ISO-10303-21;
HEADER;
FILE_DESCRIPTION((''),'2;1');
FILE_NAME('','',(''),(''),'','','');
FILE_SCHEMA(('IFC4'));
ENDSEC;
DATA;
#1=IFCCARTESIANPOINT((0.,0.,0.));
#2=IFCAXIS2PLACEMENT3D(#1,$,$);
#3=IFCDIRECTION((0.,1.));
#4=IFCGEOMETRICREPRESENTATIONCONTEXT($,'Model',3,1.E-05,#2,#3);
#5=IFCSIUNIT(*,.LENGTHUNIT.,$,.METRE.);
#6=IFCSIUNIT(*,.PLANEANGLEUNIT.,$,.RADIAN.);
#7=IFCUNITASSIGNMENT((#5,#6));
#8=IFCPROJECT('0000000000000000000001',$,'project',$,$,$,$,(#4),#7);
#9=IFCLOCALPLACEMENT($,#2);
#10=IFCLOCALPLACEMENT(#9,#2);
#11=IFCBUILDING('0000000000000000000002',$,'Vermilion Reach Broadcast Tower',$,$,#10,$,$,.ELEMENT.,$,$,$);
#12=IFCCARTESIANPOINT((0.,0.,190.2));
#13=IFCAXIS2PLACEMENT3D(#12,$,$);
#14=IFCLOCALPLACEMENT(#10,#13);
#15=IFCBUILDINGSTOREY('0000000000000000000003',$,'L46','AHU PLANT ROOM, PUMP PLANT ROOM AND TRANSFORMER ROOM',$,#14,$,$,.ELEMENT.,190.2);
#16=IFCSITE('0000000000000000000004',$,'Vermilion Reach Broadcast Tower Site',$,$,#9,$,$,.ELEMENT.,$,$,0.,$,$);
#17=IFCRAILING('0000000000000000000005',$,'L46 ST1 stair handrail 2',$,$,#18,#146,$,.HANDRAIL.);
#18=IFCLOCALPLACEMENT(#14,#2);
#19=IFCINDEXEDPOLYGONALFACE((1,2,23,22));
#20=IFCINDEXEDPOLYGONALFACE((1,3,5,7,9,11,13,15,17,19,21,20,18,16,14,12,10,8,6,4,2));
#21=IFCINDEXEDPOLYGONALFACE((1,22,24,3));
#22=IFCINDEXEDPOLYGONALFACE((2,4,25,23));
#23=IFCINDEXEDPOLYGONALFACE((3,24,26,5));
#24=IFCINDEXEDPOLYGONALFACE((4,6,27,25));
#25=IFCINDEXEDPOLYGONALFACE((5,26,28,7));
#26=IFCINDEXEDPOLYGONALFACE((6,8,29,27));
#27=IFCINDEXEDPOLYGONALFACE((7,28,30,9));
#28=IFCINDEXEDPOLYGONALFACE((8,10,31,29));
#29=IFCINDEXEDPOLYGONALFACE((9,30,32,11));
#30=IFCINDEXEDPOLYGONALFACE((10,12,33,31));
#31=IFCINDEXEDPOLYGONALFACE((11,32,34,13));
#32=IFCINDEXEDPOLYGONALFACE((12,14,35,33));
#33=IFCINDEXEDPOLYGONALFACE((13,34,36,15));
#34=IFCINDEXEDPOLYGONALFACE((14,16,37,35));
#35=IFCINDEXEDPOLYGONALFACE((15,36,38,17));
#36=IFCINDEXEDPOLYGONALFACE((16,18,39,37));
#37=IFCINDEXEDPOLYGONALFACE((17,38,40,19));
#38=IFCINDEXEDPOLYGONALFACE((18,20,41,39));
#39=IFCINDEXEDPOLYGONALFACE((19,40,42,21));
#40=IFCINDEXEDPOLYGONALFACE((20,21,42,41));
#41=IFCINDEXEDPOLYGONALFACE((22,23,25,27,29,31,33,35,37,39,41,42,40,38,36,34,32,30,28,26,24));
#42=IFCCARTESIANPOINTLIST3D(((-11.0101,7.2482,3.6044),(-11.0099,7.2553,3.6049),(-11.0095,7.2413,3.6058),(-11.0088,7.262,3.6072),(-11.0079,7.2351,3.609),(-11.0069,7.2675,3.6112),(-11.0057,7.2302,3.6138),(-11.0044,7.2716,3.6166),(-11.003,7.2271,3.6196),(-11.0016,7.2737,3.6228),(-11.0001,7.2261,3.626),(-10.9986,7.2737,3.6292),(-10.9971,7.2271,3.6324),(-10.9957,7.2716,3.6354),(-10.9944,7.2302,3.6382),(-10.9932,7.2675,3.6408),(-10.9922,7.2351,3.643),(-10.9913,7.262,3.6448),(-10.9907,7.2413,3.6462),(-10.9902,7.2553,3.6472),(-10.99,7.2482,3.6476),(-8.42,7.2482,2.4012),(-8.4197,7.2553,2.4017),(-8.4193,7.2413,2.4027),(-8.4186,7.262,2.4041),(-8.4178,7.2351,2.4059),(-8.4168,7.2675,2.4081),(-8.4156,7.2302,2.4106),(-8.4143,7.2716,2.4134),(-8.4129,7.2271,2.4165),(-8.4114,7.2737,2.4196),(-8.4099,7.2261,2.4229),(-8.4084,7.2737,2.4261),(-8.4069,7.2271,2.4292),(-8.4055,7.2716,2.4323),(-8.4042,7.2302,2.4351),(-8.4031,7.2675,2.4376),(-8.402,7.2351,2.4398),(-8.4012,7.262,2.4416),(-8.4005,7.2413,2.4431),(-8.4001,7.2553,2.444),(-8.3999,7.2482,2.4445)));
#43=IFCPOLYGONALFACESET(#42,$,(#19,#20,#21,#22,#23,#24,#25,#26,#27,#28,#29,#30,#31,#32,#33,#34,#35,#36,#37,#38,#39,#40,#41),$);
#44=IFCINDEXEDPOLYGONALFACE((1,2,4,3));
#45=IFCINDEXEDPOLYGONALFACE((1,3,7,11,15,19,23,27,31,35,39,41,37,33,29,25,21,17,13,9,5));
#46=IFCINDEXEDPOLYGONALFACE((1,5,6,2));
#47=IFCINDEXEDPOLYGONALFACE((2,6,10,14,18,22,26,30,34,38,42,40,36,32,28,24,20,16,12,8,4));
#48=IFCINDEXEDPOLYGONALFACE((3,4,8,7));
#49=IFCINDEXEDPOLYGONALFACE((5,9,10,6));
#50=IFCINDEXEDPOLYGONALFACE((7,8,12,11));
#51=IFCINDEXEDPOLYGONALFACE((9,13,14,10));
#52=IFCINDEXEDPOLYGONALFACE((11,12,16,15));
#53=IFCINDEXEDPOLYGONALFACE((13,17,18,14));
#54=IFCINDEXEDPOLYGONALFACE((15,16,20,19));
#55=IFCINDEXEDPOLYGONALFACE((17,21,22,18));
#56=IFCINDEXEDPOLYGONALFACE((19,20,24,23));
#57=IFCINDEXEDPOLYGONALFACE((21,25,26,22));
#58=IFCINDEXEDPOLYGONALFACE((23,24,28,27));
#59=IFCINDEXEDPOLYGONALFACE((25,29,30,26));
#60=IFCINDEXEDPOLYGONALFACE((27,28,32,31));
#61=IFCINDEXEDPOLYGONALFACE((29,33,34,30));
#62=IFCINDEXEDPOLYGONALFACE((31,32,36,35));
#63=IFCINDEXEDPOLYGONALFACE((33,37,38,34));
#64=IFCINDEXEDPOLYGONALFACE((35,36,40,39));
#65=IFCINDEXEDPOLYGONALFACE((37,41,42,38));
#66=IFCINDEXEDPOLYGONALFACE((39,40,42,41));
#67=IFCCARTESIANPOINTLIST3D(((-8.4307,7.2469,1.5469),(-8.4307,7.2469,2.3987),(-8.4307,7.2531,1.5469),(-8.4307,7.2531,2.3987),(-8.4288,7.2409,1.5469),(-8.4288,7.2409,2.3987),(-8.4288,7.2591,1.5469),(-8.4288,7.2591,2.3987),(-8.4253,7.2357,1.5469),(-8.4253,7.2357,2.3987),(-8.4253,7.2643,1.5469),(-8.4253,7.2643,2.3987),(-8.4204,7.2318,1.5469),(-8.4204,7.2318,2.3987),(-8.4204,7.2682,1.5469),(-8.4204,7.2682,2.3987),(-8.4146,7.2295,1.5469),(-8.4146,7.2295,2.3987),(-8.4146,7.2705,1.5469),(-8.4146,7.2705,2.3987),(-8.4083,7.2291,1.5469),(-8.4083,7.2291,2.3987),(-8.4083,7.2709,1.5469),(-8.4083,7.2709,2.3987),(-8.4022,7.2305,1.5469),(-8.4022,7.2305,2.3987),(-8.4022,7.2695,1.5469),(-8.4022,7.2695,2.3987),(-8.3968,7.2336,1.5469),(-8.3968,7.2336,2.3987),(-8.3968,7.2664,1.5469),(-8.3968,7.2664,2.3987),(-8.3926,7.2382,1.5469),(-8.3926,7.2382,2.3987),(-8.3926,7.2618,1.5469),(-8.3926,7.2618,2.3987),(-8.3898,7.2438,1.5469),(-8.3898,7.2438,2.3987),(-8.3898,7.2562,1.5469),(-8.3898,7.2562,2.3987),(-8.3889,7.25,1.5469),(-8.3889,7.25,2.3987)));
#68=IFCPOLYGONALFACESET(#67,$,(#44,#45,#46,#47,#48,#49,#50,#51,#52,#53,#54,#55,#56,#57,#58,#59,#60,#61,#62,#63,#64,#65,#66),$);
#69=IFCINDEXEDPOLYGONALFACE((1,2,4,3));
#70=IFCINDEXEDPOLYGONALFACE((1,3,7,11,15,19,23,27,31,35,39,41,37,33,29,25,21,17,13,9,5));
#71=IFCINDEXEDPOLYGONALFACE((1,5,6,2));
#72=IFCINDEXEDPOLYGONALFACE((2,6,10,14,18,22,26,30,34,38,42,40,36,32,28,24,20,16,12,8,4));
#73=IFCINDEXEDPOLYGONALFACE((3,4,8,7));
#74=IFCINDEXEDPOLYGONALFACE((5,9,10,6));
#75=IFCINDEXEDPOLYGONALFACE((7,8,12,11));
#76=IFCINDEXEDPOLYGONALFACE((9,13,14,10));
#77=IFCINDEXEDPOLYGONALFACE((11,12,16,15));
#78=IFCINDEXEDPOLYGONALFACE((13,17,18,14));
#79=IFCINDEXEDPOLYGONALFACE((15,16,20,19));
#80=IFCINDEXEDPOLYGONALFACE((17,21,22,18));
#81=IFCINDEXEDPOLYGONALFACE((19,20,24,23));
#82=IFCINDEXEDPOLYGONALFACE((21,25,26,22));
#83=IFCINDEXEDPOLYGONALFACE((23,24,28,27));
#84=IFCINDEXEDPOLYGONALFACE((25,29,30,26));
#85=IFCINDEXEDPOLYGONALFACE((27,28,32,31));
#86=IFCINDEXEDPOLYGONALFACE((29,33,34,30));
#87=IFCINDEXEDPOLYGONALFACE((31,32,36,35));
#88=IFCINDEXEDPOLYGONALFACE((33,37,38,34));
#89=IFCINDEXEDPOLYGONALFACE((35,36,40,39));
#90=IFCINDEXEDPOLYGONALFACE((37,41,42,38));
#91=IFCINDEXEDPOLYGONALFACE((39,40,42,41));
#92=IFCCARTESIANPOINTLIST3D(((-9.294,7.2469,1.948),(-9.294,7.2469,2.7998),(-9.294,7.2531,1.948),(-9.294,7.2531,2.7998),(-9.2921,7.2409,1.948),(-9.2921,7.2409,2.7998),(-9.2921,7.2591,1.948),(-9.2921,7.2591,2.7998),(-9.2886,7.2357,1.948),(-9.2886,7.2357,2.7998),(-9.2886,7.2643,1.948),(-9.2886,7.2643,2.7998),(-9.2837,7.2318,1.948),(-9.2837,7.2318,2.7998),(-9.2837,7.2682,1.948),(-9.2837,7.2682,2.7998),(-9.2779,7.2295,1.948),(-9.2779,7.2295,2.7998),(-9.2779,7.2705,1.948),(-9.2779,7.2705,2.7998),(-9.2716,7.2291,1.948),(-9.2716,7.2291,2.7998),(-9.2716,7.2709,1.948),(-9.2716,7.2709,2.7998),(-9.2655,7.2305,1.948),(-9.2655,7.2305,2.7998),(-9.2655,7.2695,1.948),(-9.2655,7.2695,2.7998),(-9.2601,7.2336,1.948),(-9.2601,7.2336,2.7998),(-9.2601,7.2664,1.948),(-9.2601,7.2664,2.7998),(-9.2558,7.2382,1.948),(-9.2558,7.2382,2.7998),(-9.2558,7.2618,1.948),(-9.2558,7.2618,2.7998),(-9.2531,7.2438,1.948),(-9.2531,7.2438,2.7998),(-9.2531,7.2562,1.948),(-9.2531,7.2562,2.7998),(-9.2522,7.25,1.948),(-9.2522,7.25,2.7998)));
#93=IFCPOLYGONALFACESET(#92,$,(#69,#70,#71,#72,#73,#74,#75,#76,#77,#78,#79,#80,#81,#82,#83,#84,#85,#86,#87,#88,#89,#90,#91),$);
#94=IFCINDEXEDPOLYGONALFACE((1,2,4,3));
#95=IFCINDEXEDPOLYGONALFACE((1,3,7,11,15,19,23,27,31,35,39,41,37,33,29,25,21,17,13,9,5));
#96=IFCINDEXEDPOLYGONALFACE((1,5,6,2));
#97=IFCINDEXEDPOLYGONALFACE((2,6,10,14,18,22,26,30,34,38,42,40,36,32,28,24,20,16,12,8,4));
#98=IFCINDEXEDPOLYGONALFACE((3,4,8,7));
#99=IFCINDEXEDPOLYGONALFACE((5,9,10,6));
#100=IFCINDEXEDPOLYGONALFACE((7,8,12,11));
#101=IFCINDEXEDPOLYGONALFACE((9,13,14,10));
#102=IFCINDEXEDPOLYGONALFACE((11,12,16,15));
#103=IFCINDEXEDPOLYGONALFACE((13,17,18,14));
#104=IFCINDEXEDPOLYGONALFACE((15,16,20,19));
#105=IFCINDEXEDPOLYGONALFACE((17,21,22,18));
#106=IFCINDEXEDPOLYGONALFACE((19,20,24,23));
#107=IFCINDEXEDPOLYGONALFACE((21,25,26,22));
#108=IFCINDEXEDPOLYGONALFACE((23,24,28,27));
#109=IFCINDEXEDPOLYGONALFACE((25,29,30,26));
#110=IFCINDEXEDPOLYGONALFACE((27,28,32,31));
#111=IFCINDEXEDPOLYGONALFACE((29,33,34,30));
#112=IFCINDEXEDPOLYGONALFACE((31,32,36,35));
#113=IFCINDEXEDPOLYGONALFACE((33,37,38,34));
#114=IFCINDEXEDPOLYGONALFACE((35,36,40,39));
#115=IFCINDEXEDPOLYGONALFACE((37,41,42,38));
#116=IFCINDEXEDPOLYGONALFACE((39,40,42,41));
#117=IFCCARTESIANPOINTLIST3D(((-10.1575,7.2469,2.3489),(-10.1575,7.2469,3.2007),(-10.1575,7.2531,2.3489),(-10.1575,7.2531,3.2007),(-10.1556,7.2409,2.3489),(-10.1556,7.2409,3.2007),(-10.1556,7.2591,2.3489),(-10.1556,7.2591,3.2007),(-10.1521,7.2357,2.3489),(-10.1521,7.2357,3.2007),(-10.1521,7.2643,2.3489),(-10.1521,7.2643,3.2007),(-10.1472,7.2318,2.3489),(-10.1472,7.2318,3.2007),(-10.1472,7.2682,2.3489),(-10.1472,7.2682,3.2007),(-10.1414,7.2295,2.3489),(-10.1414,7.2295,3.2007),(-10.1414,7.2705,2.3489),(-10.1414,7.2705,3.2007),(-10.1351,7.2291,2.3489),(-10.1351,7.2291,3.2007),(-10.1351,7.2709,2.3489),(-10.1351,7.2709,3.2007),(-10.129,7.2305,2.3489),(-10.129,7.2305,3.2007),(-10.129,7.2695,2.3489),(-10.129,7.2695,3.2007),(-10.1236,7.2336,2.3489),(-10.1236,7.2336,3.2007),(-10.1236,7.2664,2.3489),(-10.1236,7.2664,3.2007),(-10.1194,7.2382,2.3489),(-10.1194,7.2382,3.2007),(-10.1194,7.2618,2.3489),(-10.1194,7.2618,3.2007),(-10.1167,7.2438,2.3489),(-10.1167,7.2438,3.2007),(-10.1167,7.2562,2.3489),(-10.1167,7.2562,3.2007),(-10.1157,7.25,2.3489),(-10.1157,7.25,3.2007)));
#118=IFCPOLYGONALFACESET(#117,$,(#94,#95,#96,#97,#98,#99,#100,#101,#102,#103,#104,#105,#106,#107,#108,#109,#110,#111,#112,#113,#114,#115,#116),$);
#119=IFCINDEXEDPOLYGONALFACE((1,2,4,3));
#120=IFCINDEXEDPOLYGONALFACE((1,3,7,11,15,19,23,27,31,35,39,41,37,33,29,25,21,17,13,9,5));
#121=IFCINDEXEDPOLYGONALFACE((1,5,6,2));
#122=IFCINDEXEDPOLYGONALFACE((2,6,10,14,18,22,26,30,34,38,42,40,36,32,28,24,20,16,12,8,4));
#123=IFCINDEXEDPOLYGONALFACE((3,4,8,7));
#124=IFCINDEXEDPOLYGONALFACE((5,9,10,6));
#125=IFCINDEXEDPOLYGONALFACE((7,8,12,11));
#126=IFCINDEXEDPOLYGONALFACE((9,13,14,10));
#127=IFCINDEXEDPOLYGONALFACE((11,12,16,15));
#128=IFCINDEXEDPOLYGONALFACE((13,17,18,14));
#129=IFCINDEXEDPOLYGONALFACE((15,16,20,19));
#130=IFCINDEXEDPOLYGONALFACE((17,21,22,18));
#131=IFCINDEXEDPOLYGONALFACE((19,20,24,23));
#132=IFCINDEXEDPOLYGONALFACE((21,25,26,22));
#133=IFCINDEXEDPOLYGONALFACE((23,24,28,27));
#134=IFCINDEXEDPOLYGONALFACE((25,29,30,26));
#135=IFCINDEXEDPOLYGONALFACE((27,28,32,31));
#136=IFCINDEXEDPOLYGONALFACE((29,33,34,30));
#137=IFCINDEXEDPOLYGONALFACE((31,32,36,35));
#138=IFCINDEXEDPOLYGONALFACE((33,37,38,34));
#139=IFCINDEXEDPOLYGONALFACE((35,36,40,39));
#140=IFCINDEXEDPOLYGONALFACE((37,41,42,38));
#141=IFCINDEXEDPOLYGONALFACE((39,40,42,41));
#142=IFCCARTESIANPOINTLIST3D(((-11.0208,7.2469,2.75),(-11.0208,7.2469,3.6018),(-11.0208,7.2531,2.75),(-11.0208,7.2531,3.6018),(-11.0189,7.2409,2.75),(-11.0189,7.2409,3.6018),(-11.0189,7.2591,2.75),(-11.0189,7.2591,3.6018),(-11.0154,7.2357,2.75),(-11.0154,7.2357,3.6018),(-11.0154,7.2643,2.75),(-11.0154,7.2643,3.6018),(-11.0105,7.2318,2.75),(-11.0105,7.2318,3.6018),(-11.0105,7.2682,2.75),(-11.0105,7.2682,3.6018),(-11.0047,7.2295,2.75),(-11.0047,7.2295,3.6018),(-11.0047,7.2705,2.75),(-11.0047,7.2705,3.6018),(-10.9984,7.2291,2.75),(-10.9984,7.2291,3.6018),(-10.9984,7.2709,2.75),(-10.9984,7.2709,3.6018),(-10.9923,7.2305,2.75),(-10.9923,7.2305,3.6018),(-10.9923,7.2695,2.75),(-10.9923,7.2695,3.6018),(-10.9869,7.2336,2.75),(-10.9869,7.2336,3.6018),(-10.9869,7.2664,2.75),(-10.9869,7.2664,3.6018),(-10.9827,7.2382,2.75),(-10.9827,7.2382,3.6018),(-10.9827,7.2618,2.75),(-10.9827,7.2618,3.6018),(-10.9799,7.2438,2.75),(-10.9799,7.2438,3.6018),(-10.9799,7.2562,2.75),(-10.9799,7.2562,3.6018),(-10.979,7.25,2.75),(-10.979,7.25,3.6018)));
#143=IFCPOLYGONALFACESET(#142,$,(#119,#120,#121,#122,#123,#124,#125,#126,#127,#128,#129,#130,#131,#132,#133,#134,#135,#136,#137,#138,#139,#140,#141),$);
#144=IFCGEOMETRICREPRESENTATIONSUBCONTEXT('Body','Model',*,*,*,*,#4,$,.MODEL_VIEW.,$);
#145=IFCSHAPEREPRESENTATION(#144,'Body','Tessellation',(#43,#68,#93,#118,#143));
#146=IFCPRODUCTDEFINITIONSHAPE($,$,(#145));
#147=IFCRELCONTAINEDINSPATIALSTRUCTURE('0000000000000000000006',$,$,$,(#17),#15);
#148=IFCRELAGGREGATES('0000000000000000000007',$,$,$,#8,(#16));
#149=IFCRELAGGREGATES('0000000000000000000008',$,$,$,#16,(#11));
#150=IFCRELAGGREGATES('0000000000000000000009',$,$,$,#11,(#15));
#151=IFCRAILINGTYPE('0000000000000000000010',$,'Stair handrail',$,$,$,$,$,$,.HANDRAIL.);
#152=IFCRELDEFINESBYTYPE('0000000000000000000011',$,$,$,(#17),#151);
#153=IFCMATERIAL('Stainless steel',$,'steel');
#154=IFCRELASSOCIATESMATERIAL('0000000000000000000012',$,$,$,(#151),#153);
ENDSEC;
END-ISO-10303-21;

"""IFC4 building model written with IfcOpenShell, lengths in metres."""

from ifc_helpers import new_model, si_unit, direction, frame, origin, origin_2d, place, context, subcontext, project, spatial, circle, extrude, material, type_object, element, save


model = new_model("IFC4")

# Units and contexts
model_context = context("Model", 3, precision=1e-05, world=origin(), true_north=direction((0.0, 1.0)))
body_context = subcontext(model_context, "Body", "Model", "MODEL_VIEW")
ifc_project = project(units=[si_unit("LENGTHUNIT", "METRE"), si_unit("PLANEANGLEUNIT", "RADIAN")], contexts=[model_context])

# Site, building, storey
site_placement = place(None, origin())
site = spatial("IfcSite", under=ifc_project, at=site_placement, Name="Vermilion Reach Broadcast Tower Site", CompositionType="ELEMENT", RefElevation=0.0)
building_placement = place(site_placement, origin())
building = spatial("IfcBuilding", under=site, at=building_placement, Name="Vermilion Reach Broadcast Tower", CompositionType="ELEMENT")
storey_placement = place(building_placement, frame((0.0, 0.0, 190.2)))
storey = spatial("IfcBuildingStorey", under=building, at=storey_placement, Name="L46", Description="AHU PLANT ROOM, PUMP PLANT ROOM AND TRANSFORMER ROOM", CompositionType="ELEMENT", Elevation=190.2)

# Railing
ifc_material_1 = material(Name="Stainless steel", Category="steel")
railing_type_1 = type_object("IfcRailingType", Name="Stair handrail", PredefinedType="HANDRAIL", material=ifc_material_1)
for number, where, name in (
    (1, (-8.4099, 7.25, 1.5469), "L46 ST1 stair handrail 2"),
):
    element("IfcRailing", number, at=place(storey_placement, frame(where)), inside=storey, type_object=railing_type_1, Name=name, PredefinedType="HANDRAIL", context=body_context, shape_type="SweptSolid", body=[
        extrude(circle(Radius=0.0239, at=origin_2d()), frame((0.0, 0.0, 0.876), z_axis=(-0.906931, 0.0, 0.42128), x_axis=(0.0, -1.0, 0.0)), (0.0, 0.0, 1.0), 2.856),
        extrude(circle(Radius=0.021, at=origin_2d()), origin(), (0.0, 0.0, 1.0), 0.8518),
        extrude(circle(Radius=0.021, at=origin_2d()), frame((-0.8633, 0.0, 0.4011)), (0.0, 0.0, 1.0), 0.8518),
        extrude(circle(Radius=0.021, at=origin_2d()), frame((-1.7268, 0.0, 0.802)), (0.0, 0.0, 1.0), 0.8518),
        extrude(circle(Radius=0.021, at=origin_2d()), frame((-2.5901, 0.0, 1.2031)), (0.0, 0.0, 1.0), 0.8518),
    ])

save(model, "model.ifc")
